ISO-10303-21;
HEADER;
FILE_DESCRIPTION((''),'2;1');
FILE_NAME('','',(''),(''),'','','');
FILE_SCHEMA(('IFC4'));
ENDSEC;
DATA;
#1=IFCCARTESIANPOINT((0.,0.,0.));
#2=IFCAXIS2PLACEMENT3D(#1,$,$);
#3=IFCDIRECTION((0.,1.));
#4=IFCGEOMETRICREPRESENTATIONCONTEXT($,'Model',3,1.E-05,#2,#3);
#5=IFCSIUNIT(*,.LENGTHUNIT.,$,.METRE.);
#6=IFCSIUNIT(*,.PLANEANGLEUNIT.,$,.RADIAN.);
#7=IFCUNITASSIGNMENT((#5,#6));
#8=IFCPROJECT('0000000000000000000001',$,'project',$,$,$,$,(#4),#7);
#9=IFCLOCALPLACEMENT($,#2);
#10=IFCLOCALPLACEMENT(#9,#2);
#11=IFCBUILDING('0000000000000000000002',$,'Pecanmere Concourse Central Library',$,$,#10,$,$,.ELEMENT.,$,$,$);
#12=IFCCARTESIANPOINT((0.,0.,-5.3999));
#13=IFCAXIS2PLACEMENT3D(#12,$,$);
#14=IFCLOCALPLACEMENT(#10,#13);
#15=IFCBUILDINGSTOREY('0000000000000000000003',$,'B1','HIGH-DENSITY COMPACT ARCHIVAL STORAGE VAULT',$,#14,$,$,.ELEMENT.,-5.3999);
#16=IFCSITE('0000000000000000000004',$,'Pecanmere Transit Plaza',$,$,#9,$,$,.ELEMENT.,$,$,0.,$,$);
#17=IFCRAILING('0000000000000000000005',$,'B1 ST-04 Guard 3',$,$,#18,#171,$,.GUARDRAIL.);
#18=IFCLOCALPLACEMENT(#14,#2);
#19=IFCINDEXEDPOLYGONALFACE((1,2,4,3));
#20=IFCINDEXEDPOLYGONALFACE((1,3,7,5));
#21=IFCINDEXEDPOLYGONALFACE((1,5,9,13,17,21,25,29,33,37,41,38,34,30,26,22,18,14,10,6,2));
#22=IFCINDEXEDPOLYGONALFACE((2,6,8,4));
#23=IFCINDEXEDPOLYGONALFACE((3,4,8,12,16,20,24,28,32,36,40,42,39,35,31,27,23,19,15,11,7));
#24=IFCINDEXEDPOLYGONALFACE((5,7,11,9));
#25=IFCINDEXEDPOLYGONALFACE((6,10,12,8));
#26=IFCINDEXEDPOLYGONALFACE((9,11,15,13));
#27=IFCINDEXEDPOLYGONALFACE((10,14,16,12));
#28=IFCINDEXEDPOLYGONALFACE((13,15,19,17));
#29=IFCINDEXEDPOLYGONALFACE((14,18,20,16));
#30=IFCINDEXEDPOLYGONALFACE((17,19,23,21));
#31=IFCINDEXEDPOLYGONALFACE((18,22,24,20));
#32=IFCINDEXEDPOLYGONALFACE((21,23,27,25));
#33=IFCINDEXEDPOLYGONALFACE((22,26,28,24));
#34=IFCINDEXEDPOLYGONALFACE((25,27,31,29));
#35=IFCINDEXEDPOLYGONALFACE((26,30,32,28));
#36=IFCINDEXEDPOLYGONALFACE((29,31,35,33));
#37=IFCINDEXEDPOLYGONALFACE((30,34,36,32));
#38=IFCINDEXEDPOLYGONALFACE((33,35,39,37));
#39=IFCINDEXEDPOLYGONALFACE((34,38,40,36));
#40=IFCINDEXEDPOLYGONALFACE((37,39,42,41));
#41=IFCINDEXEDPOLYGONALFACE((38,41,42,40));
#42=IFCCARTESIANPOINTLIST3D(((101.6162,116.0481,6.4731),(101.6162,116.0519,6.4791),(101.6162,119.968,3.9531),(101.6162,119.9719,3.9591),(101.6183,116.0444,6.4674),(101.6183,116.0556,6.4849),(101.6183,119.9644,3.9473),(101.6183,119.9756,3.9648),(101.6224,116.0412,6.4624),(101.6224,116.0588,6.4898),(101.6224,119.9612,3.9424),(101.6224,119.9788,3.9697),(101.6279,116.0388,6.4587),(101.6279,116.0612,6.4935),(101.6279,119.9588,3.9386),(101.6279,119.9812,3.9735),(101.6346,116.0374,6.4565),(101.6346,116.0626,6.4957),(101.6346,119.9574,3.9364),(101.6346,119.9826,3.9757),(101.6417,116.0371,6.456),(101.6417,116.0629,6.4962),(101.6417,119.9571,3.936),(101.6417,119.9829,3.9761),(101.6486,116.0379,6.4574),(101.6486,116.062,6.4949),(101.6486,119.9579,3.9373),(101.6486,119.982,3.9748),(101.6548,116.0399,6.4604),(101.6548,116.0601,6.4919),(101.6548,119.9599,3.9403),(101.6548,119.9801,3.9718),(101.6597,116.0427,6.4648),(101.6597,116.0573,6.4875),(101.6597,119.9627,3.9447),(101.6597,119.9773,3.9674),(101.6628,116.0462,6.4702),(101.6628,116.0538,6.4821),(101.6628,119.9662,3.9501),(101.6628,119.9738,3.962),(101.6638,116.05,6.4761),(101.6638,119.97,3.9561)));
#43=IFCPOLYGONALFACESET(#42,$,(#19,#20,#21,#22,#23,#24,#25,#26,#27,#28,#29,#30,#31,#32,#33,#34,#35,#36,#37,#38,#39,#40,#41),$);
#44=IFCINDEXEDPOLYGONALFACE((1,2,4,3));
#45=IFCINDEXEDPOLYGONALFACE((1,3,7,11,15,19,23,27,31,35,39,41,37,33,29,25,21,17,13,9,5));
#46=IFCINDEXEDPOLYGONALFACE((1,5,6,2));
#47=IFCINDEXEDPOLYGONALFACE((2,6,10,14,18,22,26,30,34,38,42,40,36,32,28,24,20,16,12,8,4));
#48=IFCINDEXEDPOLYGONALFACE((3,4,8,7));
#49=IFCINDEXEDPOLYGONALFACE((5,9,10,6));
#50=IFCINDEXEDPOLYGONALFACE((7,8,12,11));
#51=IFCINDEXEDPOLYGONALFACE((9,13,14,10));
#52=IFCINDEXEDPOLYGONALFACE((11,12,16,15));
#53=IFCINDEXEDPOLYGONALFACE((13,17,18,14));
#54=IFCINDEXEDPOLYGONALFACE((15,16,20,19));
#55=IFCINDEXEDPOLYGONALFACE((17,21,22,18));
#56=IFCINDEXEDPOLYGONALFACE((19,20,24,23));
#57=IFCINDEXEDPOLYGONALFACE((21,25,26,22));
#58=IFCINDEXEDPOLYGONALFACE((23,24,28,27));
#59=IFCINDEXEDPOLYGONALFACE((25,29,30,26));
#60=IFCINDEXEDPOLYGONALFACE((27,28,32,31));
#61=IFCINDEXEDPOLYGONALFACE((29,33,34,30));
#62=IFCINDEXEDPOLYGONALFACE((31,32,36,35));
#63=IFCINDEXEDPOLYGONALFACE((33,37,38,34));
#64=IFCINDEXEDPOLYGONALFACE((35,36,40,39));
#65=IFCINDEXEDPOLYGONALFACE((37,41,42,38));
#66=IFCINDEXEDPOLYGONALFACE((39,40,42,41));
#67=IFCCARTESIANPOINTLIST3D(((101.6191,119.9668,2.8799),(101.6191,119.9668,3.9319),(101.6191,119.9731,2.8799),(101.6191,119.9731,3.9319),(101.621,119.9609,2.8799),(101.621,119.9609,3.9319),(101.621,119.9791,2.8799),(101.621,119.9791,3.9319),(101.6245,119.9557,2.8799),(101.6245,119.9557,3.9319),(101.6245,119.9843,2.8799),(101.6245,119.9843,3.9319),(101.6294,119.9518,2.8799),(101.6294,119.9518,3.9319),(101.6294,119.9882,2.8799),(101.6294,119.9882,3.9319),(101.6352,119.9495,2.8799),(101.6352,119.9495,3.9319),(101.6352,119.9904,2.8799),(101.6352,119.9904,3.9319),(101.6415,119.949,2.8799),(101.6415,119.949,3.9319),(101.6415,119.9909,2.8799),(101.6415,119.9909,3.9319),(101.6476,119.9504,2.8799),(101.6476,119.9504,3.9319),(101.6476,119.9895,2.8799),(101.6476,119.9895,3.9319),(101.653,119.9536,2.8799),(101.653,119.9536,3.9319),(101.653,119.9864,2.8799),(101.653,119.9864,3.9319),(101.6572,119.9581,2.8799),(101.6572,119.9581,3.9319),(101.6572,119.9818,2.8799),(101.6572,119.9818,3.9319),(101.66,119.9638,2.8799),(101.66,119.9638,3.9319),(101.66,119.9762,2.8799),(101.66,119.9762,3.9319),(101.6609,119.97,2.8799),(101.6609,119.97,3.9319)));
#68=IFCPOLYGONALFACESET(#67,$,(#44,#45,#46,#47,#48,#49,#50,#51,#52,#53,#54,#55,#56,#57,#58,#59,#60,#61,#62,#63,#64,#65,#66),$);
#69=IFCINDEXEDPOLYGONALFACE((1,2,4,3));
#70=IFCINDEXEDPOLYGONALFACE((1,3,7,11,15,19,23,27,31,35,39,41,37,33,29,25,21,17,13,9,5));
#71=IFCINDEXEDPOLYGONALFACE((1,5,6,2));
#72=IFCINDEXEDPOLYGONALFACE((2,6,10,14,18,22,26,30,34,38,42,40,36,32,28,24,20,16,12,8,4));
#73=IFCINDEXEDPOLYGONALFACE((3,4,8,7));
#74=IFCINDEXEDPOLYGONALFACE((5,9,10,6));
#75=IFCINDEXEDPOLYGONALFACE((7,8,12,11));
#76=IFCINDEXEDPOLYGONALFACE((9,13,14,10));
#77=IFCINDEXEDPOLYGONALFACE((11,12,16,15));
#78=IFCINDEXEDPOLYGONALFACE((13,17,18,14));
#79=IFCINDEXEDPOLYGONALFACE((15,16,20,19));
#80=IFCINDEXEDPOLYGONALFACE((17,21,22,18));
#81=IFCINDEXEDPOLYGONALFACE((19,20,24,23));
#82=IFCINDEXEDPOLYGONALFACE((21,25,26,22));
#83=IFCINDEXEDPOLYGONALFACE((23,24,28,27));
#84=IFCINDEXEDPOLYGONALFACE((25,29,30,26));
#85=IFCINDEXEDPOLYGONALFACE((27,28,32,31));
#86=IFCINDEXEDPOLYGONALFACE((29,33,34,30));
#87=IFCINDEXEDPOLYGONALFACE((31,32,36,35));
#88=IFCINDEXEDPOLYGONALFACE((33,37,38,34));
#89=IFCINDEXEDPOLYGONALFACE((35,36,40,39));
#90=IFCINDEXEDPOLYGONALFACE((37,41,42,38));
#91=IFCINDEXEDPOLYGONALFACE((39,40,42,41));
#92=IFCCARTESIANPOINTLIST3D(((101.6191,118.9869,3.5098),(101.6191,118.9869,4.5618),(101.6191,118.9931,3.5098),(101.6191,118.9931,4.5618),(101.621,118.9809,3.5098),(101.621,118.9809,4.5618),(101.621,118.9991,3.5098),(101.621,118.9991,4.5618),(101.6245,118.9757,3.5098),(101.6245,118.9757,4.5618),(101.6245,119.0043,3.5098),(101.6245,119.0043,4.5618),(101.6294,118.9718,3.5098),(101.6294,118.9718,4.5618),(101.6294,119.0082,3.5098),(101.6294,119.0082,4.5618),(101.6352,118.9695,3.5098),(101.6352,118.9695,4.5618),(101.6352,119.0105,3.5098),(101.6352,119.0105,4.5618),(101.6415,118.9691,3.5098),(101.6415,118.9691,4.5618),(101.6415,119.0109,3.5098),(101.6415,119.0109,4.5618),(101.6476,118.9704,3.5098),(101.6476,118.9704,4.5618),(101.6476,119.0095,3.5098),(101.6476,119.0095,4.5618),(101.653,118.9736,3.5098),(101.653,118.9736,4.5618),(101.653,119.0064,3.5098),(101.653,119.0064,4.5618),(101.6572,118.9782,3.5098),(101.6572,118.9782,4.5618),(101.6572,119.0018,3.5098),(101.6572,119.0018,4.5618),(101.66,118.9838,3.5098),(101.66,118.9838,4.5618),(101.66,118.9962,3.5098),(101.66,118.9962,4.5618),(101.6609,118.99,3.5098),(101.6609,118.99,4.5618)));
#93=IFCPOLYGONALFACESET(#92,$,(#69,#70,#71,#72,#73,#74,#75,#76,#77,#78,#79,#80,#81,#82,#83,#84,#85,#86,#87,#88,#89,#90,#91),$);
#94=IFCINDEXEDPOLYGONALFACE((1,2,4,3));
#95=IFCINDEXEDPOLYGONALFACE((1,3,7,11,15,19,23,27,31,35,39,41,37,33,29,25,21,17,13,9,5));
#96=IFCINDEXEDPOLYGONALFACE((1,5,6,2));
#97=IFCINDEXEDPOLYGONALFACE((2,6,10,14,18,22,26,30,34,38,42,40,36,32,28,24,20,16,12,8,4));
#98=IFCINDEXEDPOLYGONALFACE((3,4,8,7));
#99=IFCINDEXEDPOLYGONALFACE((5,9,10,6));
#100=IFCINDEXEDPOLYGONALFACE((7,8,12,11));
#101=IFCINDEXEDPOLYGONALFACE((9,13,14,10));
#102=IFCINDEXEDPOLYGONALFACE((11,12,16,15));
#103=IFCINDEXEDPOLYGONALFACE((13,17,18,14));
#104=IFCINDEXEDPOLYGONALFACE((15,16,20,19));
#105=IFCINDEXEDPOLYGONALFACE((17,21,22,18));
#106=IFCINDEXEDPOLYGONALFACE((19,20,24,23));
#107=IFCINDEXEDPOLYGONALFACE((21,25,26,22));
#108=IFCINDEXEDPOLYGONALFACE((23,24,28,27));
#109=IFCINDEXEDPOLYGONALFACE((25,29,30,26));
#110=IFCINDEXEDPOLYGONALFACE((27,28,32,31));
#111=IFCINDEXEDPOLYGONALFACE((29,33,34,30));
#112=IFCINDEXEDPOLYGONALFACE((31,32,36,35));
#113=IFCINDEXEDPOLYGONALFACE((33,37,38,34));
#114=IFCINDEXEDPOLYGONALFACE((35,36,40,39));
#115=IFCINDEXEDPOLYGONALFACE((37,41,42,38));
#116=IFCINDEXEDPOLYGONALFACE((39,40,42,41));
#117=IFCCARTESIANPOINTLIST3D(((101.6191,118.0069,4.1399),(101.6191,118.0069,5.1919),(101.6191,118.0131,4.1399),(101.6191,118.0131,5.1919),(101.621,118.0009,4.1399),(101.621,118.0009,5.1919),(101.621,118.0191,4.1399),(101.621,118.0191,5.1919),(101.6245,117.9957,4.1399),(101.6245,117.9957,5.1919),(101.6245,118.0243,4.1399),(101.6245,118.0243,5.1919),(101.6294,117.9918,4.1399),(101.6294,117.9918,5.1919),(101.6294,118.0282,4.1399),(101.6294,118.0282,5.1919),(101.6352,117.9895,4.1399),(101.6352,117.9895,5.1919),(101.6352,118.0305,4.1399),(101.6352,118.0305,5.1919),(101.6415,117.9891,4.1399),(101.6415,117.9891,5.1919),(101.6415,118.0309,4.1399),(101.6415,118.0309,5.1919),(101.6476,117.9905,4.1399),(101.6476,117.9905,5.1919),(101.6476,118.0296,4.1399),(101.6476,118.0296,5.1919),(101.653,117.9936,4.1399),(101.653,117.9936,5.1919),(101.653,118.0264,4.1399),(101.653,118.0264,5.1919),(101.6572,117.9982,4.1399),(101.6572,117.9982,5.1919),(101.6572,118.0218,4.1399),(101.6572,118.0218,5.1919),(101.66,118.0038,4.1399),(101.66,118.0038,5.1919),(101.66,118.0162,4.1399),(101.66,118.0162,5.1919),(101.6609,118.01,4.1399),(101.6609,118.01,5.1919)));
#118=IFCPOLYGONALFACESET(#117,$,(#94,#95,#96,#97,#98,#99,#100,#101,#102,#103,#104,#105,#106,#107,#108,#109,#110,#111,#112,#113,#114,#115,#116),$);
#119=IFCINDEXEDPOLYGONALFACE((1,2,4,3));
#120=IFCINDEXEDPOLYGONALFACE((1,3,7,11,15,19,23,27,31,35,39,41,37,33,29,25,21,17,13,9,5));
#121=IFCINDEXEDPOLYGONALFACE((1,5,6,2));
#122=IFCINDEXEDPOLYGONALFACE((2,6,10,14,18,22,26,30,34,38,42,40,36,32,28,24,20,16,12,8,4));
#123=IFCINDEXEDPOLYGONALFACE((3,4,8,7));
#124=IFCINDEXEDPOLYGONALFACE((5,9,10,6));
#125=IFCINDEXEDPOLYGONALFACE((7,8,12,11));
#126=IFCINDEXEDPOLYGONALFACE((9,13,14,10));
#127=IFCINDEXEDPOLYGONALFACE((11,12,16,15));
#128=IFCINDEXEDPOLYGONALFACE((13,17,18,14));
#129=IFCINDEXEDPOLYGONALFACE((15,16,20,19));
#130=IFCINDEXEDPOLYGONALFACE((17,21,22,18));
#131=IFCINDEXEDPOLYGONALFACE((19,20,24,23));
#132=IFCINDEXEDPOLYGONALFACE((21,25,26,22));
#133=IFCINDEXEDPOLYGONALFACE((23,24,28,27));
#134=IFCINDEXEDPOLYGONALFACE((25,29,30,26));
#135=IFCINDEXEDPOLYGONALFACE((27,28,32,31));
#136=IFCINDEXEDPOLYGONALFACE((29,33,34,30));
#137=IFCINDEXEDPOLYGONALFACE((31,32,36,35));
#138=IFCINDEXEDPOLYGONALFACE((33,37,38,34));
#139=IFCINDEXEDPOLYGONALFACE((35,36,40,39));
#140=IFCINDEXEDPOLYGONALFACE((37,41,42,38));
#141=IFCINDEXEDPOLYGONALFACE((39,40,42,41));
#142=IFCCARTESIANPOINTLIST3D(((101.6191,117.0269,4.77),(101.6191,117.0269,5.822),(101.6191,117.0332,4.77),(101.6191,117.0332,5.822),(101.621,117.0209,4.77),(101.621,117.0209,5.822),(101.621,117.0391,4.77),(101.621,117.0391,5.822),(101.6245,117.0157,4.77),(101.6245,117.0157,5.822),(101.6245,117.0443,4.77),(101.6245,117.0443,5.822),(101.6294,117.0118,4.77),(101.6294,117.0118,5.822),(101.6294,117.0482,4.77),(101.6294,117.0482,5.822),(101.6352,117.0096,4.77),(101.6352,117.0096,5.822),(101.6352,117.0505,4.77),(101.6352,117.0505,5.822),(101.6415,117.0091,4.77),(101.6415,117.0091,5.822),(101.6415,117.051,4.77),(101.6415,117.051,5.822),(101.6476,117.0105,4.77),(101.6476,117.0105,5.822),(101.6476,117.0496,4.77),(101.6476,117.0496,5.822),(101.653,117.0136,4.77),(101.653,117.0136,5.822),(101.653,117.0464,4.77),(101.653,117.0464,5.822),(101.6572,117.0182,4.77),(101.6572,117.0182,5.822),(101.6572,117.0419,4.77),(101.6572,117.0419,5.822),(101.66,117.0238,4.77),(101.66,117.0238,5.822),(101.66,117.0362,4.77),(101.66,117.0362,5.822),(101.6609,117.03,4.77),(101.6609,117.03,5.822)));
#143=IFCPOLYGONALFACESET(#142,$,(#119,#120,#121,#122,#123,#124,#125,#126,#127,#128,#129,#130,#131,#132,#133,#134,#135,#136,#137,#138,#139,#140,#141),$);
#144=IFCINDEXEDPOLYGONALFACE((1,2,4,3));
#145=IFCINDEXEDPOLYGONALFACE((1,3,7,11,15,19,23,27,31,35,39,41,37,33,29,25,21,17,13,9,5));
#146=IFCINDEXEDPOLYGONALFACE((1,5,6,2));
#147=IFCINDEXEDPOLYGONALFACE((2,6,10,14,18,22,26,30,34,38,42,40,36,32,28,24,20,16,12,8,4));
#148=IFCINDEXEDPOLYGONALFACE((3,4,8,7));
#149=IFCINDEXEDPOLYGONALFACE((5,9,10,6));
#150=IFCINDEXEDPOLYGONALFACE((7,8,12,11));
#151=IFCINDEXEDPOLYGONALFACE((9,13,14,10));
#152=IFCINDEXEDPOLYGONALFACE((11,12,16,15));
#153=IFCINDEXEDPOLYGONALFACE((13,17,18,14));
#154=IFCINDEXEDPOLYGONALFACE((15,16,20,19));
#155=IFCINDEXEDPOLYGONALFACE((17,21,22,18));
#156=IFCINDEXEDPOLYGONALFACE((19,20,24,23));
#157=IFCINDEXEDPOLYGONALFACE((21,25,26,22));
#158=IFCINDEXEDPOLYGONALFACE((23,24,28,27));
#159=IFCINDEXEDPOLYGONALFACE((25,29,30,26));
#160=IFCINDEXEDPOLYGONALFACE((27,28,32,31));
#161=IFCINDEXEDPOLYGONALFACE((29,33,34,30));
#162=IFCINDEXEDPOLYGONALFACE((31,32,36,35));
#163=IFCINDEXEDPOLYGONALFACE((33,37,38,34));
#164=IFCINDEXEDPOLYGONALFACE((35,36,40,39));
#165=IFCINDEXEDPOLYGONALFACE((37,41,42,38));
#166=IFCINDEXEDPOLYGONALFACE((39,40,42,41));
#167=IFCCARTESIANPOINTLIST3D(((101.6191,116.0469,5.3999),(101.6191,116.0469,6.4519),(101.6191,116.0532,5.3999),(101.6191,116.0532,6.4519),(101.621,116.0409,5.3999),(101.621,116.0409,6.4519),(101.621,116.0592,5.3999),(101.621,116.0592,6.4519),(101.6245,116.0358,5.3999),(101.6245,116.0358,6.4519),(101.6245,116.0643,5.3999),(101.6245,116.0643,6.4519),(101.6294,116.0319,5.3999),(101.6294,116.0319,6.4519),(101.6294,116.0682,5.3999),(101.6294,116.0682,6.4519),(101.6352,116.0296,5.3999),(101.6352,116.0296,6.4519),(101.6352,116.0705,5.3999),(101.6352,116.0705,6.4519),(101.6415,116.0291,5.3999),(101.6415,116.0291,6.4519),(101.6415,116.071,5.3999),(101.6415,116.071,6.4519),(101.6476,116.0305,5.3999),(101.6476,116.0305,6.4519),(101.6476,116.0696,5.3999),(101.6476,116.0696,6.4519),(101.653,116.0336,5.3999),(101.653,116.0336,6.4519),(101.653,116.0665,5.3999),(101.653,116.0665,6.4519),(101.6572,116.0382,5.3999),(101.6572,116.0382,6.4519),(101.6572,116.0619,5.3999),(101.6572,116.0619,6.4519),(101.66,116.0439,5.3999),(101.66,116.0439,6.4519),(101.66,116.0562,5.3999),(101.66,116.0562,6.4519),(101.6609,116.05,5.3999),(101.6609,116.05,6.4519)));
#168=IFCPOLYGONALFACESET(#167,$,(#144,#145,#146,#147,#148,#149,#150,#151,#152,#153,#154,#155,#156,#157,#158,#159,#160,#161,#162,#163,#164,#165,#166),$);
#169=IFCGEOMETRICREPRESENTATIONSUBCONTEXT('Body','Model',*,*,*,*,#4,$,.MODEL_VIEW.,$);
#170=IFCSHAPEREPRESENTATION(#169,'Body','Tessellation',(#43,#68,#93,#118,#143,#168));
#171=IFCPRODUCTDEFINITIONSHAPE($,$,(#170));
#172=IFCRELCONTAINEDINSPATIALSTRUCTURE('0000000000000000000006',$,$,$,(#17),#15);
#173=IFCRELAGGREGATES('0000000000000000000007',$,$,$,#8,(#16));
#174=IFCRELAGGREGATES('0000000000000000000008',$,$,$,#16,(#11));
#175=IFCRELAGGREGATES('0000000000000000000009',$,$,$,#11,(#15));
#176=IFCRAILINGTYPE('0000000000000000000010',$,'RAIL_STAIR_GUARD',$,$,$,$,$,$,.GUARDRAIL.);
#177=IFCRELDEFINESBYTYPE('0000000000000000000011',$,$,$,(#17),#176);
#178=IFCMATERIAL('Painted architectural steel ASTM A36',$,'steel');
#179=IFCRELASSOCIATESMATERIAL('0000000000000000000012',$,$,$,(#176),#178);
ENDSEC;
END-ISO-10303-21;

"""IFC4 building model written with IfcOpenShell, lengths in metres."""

from ifc_helpers import new_model, si_unit, direction, frame, origin, origin_2d, place, context, subcontext, project, spatial, circle, extrude, material, type_object, element, save


model = new_model("IFC4")

# Units and contexts
model_context = context("Model", 3, precision=1e-05, world=origin(), true_north=direction((0.0, 1.0)))
body_context = subcontext(model_context, "Body", "Model", "MODEL_VIEW")
ifc_project = project(units=[si_unit("LENGTHUNIT", "METRE"), si_unit("PLANEANGLEUNIT", "RADIAN")], contexts=[model_context])

# Site, building, storey
site_placement = place(None, origin())
site = spatial("IfcSite", under=ifc_project, at=site_placement, Name="Pecanmere Transit Plaza", CompositionType="ELEMENT", RefElevation=0.0)
building_placement = place(site_placement, origin())
building = spatial("IfcBuilding", under=site, at=building_placement, Name="Pecanmere Concourse Central Library", CompositionType="ELEMENT")
storey_placement = place(building_placement, frame((0.0, 0.0, -5.3999)))
storey = spatial("IfcBuildingStorey", under=building, at=storey_placement, Name="B1", Description="HIGH-DENSITY COMPACT ARCHIVAL STORAGE VAULT", CompositionType="ELEMENT", Elevation=-5.3999)

# Railing
ifc_material_1 = material(Name="Painted architectural steel ASTM A36", Category="steel")
railing_type_1 = type_object("IfcRailingType", Name="RAIL_STAIR_GUARD", PredefinedType="GUARDRAIL", material=ifc_material_1)
railing_1_placement = place(storey_placement, frame((101.6399, 119.97, 2.8799)))
element("IfcRailing", 1, at=railing_1_placement, inside=storey, type_object=railing_type_1, Name="B1 ST-04 Guard 3", PredefinedType="GUARDRAIL", context=body_context, shape_type="SweptSolid", body=[
    extrude(circle(Radius=0.0239, at=origin_2d()), frame((0.0, 0.0, 1.0762), z_axis=(0.0, -0.841172, 0.540768), x_axis=(1.0, 0.0, 0.0)), (0.0, 0.0, 1.0), 4.6602),
    extrude(circle(Radius=0.021, at=origin_2d()), origin(), (0.0, 0.0, 1.0), 1.052),
    extrude(circle(Radius=0.021, at=origin_2d()), frame((0.0, -0.98, 0.6299)), (0.0, 0.0, 1.0), 1.052),
    extrude(circle(Radius=0.021, at=origin_2d()), frame((0.0, -1.96, 1.26)), (0.0, 0.0, 1.0), 1.052),
    extrude(circle(Radius=0.021, at=origin_2d()), frame((0.0, -2.9399, 1.8901)), (0.0, 0.0, 1.0), 1.052),
    extrude(circle(Radius=0.021, at=origin_2d()), frame((0.0, -3.9199, 2.52)), (0.0, 0.0, 1.0), 1.052),
])

save(model, "model.ifc")
